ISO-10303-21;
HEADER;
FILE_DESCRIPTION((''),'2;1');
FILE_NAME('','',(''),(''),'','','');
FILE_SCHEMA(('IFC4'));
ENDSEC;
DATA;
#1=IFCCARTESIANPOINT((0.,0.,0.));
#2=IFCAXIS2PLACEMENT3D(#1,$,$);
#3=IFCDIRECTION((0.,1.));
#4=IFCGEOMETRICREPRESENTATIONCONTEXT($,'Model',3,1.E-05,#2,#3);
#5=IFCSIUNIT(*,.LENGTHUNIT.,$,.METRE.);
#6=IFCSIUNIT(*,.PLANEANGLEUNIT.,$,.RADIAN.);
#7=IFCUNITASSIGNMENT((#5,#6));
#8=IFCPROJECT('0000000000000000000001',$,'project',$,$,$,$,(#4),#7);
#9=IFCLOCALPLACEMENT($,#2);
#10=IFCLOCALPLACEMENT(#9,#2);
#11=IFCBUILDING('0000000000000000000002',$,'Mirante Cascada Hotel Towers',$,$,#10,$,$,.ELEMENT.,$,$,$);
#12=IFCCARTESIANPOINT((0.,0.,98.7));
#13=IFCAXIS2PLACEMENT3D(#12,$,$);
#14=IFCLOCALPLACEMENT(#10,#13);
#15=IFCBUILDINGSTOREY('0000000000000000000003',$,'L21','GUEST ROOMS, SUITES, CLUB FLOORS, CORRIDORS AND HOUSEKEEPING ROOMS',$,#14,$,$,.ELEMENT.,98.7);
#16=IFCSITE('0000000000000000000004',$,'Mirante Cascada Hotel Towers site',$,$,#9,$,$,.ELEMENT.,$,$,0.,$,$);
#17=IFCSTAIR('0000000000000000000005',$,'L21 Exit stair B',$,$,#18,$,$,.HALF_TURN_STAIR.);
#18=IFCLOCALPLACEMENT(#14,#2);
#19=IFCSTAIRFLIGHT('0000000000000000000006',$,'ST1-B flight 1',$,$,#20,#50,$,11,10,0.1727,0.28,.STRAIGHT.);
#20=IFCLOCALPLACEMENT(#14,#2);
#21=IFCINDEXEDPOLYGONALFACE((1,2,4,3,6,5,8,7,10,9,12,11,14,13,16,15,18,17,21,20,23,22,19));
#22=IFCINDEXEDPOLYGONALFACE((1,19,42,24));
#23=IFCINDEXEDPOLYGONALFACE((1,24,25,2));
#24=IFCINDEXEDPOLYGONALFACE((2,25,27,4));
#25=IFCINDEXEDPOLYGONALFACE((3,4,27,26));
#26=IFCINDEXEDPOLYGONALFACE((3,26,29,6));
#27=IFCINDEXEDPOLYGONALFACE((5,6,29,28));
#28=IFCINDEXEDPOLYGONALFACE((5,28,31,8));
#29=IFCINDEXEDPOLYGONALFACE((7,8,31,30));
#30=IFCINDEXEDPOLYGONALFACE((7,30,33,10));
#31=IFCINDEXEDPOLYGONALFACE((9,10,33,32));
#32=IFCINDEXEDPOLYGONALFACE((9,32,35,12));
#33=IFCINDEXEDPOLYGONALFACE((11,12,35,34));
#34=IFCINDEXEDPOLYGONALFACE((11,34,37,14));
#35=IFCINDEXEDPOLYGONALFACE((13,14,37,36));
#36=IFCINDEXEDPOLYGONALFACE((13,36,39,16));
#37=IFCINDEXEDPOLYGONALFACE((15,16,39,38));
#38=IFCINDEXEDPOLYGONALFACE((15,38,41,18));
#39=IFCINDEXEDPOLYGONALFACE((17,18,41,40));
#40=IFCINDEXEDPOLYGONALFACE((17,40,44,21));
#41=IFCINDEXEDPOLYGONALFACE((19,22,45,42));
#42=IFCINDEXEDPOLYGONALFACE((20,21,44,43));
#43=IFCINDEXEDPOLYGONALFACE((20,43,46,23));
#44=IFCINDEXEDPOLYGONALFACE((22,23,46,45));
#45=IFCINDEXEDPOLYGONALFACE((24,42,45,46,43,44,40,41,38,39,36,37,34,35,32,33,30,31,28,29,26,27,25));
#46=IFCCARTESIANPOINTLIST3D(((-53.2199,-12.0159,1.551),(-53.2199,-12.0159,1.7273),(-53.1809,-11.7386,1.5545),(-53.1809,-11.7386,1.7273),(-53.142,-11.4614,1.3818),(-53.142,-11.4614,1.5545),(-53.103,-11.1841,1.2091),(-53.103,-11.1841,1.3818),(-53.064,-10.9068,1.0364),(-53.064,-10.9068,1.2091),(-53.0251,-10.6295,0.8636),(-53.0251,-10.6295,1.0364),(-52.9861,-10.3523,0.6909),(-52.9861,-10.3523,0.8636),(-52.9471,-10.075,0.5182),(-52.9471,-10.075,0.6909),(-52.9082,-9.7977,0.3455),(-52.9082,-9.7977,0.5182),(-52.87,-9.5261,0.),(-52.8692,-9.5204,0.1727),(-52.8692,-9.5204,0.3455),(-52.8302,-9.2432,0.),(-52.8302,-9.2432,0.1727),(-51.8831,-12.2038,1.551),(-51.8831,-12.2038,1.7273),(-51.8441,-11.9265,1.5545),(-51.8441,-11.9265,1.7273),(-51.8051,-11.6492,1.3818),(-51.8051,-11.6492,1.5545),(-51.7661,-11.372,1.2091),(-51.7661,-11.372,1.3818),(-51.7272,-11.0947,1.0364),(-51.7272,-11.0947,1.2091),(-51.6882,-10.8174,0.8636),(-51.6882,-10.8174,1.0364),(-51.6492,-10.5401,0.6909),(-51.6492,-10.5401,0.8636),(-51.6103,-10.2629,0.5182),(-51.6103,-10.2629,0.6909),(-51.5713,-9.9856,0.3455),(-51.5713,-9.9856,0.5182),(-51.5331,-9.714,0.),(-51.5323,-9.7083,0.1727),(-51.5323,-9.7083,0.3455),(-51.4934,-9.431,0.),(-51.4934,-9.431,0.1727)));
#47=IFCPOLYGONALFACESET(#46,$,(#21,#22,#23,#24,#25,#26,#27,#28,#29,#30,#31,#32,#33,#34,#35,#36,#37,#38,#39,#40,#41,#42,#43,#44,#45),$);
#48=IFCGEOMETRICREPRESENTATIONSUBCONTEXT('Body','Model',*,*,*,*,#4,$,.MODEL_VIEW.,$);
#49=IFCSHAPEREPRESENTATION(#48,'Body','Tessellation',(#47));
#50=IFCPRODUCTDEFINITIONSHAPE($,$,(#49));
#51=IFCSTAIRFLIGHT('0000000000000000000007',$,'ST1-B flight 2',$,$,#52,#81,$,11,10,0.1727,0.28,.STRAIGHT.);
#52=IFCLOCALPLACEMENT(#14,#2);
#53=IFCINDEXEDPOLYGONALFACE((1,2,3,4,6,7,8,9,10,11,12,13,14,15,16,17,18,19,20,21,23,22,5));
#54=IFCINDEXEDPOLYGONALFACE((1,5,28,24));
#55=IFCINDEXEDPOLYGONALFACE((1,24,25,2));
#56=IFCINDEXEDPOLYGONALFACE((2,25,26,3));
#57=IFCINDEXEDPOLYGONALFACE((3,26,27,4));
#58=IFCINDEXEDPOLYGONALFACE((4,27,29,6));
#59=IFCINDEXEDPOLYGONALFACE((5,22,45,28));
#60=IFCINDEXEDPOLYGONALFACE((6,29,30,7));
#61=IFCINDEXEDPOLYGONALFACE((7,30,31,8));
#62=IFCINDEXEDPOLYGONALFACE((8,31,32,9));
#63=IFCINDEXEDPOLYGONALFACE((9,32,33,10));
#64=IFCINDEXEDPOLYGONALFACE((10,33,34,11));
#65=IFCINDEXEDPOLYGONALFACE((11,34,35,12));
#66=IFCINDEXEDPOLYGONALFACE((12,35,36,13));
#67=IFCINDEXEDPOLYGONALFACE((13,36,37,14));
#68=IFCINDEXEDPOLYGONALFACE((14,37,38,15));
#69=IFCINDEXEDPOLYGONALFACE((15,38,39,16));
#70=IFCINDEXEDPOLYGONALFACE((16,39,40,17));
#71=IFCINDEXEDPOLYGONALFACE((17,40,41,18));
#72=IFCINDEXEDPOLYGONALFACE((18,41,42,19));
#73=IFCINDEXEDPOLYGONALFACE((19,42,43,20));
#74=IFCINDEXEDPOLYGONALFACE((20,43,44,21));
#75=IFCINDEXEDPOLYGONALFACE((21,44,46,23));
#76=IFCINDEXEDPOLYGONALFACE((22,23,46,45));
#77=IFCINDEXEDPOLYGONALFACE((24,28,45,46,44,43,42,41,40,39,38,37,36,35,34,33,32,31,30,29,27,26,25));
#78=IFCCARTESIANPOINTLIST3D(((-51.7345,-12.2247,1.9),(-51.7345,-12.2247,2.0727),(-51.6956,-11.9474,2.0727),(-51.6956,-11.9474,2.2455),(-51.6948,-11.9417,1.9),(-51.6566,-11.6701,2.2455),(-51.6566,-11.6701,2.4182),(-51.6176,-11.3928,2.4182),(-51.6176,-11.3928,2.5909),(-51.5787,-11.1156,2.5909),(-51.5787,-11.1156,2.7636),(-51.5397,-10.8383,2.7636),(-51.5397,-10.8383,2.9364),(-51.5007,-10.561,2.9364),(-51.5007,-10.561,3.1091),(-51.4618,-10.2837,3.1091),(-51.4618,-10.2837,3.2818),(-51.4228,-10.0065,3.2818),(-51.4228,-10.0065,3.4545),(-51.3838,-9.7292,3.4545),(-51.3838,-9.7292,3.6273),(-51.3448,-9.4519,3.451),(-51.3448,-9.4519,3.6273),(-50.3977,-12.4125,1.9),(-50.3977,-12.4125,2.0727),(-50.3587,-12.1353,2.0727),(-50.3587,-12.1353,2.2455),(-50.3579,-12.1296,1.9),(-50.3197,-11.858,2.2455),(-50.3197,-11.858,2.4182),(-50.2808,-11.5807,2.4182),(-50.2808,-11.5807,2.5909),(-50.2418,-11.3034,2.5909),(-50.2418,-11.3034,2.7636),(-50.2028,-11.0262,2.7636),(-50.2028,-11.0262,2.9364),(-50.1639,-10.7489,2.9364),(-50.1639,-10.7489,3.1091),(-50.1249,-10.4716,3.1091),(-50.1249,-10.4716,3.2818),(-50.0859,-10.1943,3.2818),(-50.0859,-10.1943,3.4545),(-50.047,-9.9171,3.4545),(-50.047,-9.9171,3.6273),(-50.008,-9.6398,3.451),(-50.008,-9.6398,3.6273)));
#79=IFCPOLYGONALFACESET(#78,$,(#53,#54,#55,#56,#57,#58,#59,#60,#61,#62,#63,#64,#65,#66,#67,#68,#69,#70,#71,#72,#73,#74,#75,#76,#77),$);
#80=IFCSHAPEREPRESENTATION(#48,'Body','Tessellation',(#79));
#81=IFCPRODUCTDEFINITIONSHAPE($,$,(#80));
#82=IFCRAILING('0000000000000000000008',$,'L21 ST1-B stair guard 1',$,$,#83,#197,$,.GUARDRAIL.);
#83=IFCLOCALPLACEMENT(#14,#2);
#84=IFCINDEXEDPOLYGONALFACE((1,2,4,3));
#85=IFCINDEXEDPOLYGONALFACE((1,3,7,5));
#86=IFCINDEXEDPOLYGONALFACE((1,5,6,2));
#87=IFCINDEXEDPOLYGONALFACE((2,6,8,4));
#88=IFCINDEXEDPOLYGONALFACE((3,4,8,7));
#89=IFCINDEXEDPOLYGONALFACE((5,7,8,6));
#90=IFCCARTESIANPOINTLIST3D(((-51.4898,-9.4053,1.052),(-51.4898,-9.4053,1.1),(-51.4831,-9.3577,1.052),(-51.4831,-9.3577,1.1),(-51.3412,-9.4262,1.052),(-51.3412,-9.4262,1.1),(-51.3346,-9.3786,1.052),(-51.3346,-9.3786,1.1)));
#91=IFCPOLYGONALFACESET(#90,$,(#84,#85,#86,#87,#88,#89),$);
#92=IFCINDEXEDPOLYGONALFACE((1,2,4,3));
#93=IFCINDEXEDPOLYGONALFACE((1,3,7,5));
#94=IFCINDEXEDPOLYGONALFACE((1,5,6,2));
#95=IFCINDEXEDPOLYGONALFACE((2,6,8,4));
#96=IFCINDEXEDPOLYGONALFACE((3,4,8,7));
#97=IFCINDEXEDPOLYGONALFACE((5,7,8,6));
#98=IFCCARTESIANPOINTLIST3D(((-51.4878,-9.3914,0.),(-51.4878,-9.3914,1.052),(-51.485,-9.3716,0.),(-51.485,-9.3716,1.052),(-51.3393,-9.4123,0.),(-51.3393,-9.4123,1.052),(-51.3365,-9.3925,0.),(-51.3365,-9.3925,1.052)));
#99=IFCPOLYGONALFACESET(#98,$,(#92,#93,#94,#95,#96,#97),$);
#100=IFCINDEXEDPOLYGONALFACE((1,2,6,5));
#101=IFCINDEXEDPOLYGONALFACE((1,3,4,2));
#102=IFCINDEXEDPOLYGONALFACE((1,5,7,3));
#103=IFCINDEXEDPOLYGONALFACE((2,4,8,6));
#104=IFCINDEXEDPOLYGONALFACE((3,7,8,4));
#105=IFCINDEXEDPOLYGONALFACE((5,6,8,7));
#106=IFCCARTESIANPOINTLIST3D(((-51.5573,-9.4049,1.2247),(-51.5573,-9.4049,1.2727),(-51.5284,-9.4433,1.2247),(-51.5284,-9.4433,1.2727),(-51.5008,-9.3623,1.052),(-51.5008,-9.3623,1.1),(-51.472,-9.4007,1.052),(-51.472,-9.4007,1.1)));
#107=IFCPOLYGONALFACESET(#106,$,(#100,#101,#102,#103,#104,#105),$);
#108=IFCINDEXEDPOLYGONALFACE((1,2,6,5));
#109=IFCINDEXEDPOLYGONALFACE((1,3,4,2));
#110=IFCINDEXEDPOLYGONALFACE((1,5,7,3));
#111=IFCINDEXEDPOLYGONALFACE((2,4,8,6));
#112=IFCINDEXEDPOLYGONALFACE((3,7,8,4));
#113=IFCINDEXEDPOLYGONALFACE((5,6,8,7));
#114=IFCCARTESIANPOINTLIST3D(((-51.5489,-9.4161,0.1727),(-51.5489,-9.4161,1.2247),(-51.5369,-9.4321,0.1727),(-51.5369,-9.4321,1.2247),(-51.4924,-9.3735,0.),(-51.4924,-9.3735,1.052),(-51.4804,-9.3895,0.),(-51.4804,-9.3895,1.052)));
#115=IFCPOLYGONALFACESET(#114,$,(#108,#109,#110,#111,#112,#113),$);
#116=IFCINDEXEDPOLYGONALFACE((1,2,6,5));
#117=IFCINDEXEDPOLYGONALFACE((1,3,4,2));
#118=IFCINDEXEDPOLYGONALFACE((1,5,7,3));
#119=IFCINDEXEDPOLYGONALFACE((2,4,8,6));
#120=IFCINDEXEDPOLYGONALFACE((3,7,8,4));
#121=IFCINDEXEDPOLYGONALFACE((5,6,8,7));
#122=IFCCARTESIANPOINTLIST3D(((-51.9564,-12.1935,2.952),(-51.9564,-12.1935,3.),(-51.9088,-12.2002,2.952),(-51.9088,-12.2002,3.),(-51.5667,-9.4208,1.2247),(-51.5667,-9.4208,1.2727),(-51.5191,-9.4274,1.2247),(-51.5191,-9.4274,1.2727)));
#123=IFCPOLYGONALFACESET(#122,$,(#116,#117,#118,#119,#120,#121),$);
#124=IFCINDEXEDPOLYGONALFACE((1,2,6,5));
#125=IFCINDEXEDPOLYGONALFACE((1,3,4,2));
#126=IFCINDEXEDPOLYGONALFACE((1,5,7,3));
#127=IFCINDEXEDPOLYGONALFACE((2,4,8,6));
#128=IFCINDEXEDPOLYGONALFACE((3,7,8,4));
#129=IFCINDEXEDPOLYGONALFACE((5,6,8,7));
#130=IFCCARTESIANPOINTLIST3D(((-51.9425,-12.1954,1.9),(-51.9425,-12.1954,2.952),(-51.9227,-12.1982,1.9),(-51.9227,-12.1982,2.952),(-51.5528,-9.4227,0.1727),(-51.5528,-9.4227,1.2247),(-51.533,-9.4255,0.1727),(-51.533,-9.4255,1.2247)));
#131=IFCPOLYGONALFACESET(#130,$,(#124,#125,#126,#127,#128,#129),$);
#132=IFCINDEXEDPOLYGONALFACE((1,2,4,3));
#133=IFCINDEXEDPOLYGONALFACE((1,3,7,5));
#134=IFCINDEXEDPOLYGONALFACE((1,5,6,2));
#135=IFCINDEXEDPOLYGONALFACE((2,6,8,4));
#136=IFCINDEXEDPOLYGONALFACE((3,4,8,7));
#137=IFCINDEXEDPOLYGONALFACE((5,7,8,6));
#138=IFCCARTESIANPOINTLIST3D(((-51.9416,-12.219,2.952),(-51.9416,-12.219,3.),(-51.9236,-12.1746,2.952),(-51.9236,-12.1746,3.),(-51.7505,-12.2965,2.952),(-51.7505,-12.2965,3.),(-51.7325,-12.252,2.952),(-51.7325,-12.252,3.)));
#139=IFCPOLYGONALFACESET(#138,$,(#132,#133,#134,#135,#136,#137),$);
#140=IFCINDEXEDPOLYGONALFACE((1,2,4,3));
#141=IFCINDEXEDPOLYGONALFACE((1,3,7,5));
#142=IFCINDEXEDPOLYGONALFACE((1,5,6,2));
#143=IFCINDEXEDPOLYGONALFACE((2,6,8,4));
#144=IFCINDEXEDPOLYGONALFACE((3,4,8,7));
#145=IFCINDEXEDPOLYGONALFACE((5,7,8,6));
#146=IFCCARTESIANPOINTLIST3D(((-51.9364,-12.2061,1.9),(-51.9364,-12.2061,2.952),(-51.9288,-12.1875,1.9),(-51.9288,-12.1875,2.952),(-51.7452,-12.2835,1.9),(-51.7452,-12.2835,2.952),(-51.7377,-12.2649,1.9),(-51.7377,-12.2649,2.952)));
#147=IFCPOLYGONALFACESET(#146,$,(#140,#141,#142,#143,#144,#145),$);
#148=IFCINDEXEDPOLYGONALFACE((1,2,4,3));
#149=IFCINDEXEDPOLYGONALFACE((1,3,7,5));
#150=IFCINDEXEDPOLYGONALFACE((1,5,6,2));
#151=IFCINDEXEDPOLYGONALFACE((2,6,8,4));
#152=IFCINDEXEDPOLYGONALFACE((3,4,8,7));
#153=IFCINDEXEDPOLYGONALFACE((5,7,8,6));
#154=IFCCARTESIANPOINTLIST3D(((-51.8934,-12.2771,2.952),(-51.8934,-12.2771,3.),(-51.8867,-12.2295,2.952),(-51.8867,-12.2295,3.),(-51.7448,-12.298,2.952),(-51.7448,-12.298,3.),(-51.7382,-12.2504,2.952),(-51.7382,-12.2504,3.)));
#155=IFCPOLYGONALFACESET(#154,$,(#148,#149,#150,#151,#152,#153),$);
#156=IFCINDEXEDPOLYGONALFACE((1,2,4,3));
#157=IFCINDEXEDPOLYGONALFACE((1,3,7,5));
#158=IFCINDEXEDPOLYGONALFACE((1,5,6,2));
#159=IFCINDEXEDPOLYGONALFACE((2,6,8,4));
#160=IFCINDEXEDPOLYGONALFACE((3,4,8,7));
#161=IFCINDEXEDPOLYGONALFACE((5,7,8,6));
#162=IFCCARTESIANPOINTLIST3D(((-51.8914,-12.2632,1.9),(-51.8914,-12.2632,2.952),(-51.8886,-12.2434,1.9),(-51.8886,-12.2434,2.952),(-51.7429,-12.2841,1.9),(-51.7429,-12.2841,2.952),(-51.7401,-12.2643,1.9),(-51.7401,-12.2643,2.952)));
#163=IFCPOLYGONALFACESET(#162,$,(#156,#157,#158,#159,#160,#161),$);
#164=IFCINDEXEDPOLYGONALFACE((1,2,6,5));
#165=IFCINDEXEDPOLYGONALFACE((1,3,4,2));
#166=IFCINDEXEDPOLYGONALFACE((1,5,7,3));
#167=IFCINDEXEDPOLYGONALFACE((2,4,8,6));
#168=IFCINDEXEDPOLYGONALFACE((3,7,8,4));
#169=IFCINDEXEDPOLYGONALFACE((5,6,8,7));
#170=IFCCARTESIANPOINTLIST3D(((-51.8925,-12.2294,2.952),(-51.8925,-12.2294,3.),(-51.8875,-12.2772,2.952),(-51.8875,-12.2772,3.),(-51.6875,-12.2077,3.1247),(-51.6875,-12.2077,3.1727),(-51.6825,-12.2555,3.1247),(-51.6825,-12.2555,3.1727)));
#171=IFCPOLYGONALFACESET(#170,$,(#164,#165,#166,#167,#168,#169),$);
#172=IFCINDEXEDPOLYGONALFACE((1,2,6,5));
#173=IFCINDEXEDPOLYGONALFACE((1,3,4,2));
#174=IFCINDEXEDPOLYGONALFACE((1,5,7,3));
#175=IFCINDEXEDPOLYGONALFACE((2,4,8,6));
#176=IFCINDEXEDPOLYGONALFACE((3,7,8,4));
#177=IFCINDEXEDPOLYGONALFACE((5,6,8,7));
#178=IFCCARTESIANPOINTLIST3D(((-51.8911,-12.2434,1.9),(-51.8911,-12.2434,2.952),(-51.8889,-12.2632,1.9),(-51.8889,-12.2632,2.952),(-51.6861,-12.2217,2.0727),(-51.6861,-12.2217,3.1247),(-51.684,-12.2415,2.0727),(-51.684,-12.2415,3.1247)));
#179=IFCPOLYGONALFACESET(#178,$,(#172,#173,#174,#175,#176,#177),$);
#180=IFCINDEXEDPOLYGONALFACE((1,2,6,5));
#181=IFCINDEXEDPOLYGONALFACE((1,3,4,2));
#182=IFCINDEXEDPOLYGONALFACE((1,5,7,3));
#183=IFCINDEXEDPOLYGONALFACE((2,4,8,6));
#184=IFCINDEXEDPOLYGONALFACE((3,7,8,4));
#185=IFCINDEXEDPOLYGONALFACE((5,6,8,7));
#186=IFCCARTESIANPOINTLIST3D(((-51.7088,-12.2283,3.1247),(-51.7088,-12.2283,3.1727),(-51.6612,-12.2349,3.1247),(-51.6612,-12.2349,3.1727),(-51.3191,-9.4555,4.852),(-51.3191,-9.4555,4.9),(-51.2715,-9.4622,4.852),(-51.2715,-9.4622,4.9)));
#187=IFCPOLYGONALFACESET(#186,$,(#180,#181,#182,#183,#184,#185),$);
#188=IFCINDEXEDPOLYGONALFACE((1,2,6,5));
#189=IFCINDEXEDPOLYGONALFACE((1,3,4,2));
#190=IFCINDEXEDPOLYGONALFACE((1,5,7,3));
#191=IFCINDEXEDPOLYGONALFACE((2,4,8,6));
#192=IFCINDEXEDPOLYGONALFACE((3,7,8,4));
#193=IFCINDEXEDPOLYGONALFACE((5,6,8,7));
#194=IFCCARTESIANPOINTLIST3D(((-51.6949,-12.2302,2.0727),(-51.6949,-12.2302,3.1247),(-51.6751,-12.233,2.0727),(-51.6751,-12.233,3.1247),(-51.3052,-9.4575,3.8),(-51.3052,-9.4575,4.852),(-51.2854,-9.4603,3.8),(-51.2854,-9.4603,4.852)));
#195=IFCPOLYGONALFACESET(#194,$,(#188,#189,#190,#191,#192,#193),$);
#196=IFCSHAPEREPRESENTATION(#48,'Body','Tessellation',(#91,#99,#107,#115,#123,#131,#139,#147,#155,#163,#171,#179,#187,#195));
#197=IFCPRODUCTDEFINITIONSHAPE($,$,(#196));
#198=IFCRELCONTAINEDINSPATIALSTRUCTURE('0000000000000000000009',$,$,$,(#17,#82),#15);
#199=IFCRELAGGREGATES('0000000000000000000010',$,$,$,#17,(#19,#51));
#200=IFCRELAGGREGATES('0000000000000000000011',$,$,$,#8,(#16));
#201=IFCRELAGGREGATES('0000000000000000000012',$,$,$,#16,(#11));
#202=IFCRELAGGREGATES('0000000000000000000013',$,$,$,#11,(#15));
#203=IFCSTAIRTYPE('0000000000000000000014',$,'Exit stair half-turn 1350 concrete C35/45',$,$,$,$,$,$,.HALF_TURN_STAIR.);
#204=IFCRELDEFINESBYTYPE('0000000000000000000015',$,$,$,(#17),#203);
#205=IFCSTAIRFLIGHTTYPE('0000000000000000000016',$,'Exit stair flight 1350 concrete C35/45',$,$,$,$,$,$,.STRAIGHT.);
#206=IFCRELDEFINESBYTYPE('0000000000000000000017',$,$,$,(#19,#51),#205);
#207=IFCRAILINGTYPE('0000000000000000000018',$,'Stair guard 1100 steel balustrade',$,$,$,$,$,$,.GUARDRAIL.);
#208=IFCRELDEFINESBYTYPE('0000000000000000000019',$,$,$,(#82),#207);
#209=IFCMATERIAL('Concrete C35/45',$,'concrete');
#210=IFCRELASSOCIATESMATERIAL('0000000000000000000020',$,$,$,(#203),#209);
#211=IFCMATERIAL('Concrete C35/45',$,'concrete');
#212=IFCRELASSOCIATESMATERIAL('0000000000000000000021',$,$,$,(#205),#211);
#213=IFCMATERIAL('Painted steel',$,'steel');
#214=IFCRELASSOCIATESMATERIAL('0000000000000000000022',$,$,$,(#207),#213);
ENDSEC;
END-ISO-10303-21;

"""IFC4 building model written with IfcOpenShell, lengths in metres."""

from ifc_helpers import new_model, si_unit, direction, frame, origin, origin_2d, place, context, subcontext, project, spatial, polyline, rectangle, outline, extrude, material, type_object, element, aggregate, save


model = new_model("IFC4")

# Units and contexts
model_context = context("Model", 3, precision=1e-05, world=origin(), true_north=direction((0.0, 1.0)))
body_context = subcontext(model_context, "Body", "Model", "MODEL_VIEW")
ifc_project = project(units=[si_unit("LENGTHUNIT", "METRE"), si_unit("PLANEANGLEUNIT", "RADIAN")], contexts=[model_context])

# Site, building, storey
site_placement = place(None, origin())
site = spatial("IfcSite", under=ifc_project, at=site_placement, Name="Mirante Cascada Hotel Towers site", CompositionType="ELEMENT", RefElevation=0.0)
building_placement = place(site_placement, origin())
building = spatial("IfcBuilding", under=site, at=building_placement, Name="Mirante Cascada Hotel Towers", CompositionType="ELEMENT")
storey_placement = place(building_placement, frame((0.0, 0.0, 98.7)))
storey = spatial("IfcBuildingStorey", under=building, at=storey_placement, Name="L21", Description="GUEST ROOMS, SUITES, CLUB FLOORS, CORRIDORS AND HOUSEKEEPING ROOMS", CompositionType="ELEMENT", Elevation=98.7)

# Stair, stair flights
ifc_material_1 = material(Name="Concrete C35/45", Category="concrete")
stair_type = type_object("IfcStairType", Name="Exit stair half-turn 1350 concrete C35/45", PredefinedType="HALF_TURN_STAIR", material=ifc_material_1)
stair_placement = place(storey_placement, origin())
stair = element("IfcStair", 1, at=stair_placement, inside=storey, type_object=stair_type, Name="L21 Exit stair B", PredefinedType="HALF_TURN_STAIR")
ifc_material_2 = material(Name="Concrete C35/45", Category="concrete")
stair_flight_type = type_object("IfcStairFlightType", Name="Exit stair flight 1350 concrete C35/45", PredefinedType="STRAIGHT", material=ifc_material_2)
stair_flight_1_placement = place(storey_placement, frame((-52.1618, -9.3371, 0.0), z_axis=(0.0, 0.0, 1.0), x_axis=(-0.139173, -0.990268, 0.0)))
stair_flight_1 = element("IfcStairFlight", 2, at=stair_flight_1_placement, type_object=stair_flight_type, Name="ST1-B flight 1", NumberOfRisers=11, NumberOfTreads=10, PredefinedType="STRAIGHT", RiserHeight=0.1727, TreadLength=0.28, context=body_context, shape_type="SweptSolid", body=[
    extrude(outline(polyline([(0.0, 0.0), (0.0, 0.1727), (0.28, 0.1727), (0.28, 0.3455), (0.56, 0.3455), (0.56, 0.5182), (0.84, 0.5182), (0.84, 0.6909), (1.12, 0.6909), (1.12, 0.8636), (1.4, 0.8636), (1.4, 1.0364), (1.68, 1.0364), (1.68, 1.2091), (1.96, 1.2091), (1.96, 1.3818), (2.24, 1.3818), (2.24, 1.5545), (2.52, 1.5545), (2.52, 1.7273), (2.8, 1.7273), (2.8, 1.9), (2.8, 1.551), (0.2857, 0.0), (0.0, 0.0)])), frame((0.0, 0.675, 0.0), z_axis=(0.0, -1.0, 0.0), x_axis=(1.0, 0.0, 0.0)), (0.0, 0.0, 1.0), 1.35),
])
stair_flight_2_placement = place(storey_placement, frame((-51.0661, -12.3186, 1.9), z_axis=(0.0, 0.0, 1.0), x_axis=(0.139173, 0.990268, 0.0)))
stair_flight_2 = element("IfcStairFlight", 3, at=stair_flight_2_placement, type_object=stair_flight_type, Name="ST1-B flight 2", NumberOfRisers=11, NumberOfTreads=10, PredefinedType="STRAIGHT", RiserHeight=0.1727, TreadLength=0.28, context=body_context, shape_type="SweptSolid", body=[
    extrude(outline(polyline([(0.0, 0.0), (0.0, 0.1727), (0.28, 0.1727), (0.28, 0.3455), (0.56, 0.3455), (0.56, 0.5182), (0.84, 0.5182), (0.84, 0.6909), (1.12, 0.6909), (1.12, 0.8636), (1.4, 0.8636), (1.4, 1.0364), (1.68, 1.0364), (1.68, 1.2091), (1.96, 1.2091), (1.96, 1.3818), (2.24, 1.3818), (2.24, 1.5545), (2.52, 1.5545), (2.52, 1.7273), (2.8, 1.7273), (2.8, 1.9), (2.8, 1.551), (0.2857, 0.0), (0.0, 0.0)])), frame((0.0, 0.675, 0.0), z_axis=(0.0, -1.0, 0.0), x_axis=(1.0, 0.0, 0.0)), (0.0, 0.0, 1.0), 1.35),
])
aggregate(stair, [stair_flight_1, stair_flight_2])

# Railing
ifc_material_3 = material(Name="Painted steel", Category="steel")
railing_type_1 = type_object("IfcRailingType", Name="Stair guard 1100 steel balustrade", PredefinedType="GUARDRAIL", material=ifc_material_3)
railing_1_placement = place(storey_placement, frame((-51.3379, -9.4024, 0.0)))
element("IfcRailing", 4, at=railing_1_placement, inside=storey, type_object=railing_type_1, Name="L21 ST1-B stair guard 1", PredefinedType="GUARDRAIL", context=body_context, shape_type="SweptSolid", body=[
    extrude(rectangle(XDim=0.048, YDim=0.048, at=origin_2d()), frame((0.0, 0.0, 1.076), z_axis=(-0.990241, 0.139367, 0.0), x_axis=(-0.139367, -0.990241, 0.0)), (0.0, 0.0, 1.0), 0.15),
    extrude(rectangle(XDim=0.02, YDim=1.052, at=origin_2d()), frame((0.0, 0.0, 0.526), z_axis=(-0.990241, 0.139367, 0.0), x_axis=(-0.139367, -0.990241, 0.0)), (0.0, 0.0, 1.0), 0.15),
    extrude(rectangle(XDim=0.048, YDim=0.048, at=origin_2d()), frame((-0.1485, 0.0209, 1.076), z_axis=(-0.798471, -0.602033, 0.0), x_axis=(0.602033, -0.798471, 0.0)), (0.0, 0.92534, 0.379139), 0.1866),
    extrude(rectangle(XDim=0.02, YDim=1.052, at=origin_2d()), frame((-0.1485, 0.0209, 0.526), z_axis=(-0.798471, -0.602033, 0.0), x_axis=(0.602033, -0.798471, 0.0)), (0.0, 0.92534, 0.379139), 0.1866),
    extrude(rectangle(XDim=0.048, YDim=0.048, at=origin_2d()), frame((-0.205, -0.0217, 1.2487), z_axis=(-0.139181, -0.990267, 0.0), x_axis=(0.990267, -0.139181, 0.0)), (0.0, 0.525035, 0.851081), 3.2899),
    extrude(rectangle(XDim=0.02, YDim=1.052, at=origin_2d()), frame((-0.205, -0.0217, 0.6987), z_axis=(-0.139181, -0.990267, 0.0), x_axis=(0.990267, -0.139181, 0.0)), (0.0, 0.525035, 0.851081), 3.2899),
    extrude(rectangle(XDim=0.048, YDim=0.048, at=origin_2d()), frame((-0.5947, -2.7944, 2.976), z_axis=(0.926862, -0.375401, 0.0), x_axis=(0.375401, 0.926862, 0.0)), (0.0, 0.0, 1.0), 0.2062),
    extrude(rectangle(XDim=0.02, YDim=1.052, at=origin_2d()), frame((-0.5947, -2.7944, 2.426), z_axis=(0.926862, -0.375401, 0.0), x_axis=(0.375401, 0.926862, 0.0)), (0.0, 0.0, 1.0), 0.2062),
    extrude(rectangle(XDim=0.048, YDim=0.048, at=origin_2d()), frame((-0.4036, -2.8718, 2.976), z_axis=(-0.990241, 0.139367, 0.0), x_axis=(-0.139367, -0.990241, 0.0)), (0.0, 0.0, 1.0), 0.15),
    extrude(rectangle(XDim=0.02, YDim=1.052, at=origin_2d()), frame((-0.4036, -2.8718, 2.426), z_axis=(-0.990241, 0.139367, 0.0), x_axis=(-0.139367, -0.990241, 0.0)), (0.0, 0.0, 1.0), 0.15),
    extrude(rectangle(XDim=0.048, YDim=0.048, at=origin_2d()), frame((-0.5521, -2.8509, 2.976), z_axis=(0.994444, 0.105266, 0.0), x_axis=(-0.105266, 0.994444, 0.0)), (0.0, 0.642184, 0.76655), 0.2689),
    extrude(rectangle(XDim=0.02, YDim=1.052, at=origin_2d()), frame((-0.5521, -2.8509, 2.426), z_axis=(0.994444, 0.105266, 0.0), x_axis=(-0.105266, 0.994444, 0.0)), (0.0, 0.642184, 0.76655), 0.2689),
    extrude(rectangle(XDim=0.048, YDim=0.048, at=origin_2d()), frame((-0.3471, -2.8292, 3.1487), z_axis=(0.139181, 0.990267, 0.0), x_axis=(-0.990267, 0.139181, 0.0)), (0.0, 0.525035, 0.851081), 3.2899),
    extrude(rectangle(XDim=0.02, YDim=1.052, at=origin_2d()), frame((-0.3471, -2.8292, 2.5987), z_axis=(0.139181, 0.990267, 0.0), x_axis=(-0.990267, 0.139181, 0.0)), (0.0, 0.525035, 0.851081), 3.2899),
])

save(model, "model.ifc")
